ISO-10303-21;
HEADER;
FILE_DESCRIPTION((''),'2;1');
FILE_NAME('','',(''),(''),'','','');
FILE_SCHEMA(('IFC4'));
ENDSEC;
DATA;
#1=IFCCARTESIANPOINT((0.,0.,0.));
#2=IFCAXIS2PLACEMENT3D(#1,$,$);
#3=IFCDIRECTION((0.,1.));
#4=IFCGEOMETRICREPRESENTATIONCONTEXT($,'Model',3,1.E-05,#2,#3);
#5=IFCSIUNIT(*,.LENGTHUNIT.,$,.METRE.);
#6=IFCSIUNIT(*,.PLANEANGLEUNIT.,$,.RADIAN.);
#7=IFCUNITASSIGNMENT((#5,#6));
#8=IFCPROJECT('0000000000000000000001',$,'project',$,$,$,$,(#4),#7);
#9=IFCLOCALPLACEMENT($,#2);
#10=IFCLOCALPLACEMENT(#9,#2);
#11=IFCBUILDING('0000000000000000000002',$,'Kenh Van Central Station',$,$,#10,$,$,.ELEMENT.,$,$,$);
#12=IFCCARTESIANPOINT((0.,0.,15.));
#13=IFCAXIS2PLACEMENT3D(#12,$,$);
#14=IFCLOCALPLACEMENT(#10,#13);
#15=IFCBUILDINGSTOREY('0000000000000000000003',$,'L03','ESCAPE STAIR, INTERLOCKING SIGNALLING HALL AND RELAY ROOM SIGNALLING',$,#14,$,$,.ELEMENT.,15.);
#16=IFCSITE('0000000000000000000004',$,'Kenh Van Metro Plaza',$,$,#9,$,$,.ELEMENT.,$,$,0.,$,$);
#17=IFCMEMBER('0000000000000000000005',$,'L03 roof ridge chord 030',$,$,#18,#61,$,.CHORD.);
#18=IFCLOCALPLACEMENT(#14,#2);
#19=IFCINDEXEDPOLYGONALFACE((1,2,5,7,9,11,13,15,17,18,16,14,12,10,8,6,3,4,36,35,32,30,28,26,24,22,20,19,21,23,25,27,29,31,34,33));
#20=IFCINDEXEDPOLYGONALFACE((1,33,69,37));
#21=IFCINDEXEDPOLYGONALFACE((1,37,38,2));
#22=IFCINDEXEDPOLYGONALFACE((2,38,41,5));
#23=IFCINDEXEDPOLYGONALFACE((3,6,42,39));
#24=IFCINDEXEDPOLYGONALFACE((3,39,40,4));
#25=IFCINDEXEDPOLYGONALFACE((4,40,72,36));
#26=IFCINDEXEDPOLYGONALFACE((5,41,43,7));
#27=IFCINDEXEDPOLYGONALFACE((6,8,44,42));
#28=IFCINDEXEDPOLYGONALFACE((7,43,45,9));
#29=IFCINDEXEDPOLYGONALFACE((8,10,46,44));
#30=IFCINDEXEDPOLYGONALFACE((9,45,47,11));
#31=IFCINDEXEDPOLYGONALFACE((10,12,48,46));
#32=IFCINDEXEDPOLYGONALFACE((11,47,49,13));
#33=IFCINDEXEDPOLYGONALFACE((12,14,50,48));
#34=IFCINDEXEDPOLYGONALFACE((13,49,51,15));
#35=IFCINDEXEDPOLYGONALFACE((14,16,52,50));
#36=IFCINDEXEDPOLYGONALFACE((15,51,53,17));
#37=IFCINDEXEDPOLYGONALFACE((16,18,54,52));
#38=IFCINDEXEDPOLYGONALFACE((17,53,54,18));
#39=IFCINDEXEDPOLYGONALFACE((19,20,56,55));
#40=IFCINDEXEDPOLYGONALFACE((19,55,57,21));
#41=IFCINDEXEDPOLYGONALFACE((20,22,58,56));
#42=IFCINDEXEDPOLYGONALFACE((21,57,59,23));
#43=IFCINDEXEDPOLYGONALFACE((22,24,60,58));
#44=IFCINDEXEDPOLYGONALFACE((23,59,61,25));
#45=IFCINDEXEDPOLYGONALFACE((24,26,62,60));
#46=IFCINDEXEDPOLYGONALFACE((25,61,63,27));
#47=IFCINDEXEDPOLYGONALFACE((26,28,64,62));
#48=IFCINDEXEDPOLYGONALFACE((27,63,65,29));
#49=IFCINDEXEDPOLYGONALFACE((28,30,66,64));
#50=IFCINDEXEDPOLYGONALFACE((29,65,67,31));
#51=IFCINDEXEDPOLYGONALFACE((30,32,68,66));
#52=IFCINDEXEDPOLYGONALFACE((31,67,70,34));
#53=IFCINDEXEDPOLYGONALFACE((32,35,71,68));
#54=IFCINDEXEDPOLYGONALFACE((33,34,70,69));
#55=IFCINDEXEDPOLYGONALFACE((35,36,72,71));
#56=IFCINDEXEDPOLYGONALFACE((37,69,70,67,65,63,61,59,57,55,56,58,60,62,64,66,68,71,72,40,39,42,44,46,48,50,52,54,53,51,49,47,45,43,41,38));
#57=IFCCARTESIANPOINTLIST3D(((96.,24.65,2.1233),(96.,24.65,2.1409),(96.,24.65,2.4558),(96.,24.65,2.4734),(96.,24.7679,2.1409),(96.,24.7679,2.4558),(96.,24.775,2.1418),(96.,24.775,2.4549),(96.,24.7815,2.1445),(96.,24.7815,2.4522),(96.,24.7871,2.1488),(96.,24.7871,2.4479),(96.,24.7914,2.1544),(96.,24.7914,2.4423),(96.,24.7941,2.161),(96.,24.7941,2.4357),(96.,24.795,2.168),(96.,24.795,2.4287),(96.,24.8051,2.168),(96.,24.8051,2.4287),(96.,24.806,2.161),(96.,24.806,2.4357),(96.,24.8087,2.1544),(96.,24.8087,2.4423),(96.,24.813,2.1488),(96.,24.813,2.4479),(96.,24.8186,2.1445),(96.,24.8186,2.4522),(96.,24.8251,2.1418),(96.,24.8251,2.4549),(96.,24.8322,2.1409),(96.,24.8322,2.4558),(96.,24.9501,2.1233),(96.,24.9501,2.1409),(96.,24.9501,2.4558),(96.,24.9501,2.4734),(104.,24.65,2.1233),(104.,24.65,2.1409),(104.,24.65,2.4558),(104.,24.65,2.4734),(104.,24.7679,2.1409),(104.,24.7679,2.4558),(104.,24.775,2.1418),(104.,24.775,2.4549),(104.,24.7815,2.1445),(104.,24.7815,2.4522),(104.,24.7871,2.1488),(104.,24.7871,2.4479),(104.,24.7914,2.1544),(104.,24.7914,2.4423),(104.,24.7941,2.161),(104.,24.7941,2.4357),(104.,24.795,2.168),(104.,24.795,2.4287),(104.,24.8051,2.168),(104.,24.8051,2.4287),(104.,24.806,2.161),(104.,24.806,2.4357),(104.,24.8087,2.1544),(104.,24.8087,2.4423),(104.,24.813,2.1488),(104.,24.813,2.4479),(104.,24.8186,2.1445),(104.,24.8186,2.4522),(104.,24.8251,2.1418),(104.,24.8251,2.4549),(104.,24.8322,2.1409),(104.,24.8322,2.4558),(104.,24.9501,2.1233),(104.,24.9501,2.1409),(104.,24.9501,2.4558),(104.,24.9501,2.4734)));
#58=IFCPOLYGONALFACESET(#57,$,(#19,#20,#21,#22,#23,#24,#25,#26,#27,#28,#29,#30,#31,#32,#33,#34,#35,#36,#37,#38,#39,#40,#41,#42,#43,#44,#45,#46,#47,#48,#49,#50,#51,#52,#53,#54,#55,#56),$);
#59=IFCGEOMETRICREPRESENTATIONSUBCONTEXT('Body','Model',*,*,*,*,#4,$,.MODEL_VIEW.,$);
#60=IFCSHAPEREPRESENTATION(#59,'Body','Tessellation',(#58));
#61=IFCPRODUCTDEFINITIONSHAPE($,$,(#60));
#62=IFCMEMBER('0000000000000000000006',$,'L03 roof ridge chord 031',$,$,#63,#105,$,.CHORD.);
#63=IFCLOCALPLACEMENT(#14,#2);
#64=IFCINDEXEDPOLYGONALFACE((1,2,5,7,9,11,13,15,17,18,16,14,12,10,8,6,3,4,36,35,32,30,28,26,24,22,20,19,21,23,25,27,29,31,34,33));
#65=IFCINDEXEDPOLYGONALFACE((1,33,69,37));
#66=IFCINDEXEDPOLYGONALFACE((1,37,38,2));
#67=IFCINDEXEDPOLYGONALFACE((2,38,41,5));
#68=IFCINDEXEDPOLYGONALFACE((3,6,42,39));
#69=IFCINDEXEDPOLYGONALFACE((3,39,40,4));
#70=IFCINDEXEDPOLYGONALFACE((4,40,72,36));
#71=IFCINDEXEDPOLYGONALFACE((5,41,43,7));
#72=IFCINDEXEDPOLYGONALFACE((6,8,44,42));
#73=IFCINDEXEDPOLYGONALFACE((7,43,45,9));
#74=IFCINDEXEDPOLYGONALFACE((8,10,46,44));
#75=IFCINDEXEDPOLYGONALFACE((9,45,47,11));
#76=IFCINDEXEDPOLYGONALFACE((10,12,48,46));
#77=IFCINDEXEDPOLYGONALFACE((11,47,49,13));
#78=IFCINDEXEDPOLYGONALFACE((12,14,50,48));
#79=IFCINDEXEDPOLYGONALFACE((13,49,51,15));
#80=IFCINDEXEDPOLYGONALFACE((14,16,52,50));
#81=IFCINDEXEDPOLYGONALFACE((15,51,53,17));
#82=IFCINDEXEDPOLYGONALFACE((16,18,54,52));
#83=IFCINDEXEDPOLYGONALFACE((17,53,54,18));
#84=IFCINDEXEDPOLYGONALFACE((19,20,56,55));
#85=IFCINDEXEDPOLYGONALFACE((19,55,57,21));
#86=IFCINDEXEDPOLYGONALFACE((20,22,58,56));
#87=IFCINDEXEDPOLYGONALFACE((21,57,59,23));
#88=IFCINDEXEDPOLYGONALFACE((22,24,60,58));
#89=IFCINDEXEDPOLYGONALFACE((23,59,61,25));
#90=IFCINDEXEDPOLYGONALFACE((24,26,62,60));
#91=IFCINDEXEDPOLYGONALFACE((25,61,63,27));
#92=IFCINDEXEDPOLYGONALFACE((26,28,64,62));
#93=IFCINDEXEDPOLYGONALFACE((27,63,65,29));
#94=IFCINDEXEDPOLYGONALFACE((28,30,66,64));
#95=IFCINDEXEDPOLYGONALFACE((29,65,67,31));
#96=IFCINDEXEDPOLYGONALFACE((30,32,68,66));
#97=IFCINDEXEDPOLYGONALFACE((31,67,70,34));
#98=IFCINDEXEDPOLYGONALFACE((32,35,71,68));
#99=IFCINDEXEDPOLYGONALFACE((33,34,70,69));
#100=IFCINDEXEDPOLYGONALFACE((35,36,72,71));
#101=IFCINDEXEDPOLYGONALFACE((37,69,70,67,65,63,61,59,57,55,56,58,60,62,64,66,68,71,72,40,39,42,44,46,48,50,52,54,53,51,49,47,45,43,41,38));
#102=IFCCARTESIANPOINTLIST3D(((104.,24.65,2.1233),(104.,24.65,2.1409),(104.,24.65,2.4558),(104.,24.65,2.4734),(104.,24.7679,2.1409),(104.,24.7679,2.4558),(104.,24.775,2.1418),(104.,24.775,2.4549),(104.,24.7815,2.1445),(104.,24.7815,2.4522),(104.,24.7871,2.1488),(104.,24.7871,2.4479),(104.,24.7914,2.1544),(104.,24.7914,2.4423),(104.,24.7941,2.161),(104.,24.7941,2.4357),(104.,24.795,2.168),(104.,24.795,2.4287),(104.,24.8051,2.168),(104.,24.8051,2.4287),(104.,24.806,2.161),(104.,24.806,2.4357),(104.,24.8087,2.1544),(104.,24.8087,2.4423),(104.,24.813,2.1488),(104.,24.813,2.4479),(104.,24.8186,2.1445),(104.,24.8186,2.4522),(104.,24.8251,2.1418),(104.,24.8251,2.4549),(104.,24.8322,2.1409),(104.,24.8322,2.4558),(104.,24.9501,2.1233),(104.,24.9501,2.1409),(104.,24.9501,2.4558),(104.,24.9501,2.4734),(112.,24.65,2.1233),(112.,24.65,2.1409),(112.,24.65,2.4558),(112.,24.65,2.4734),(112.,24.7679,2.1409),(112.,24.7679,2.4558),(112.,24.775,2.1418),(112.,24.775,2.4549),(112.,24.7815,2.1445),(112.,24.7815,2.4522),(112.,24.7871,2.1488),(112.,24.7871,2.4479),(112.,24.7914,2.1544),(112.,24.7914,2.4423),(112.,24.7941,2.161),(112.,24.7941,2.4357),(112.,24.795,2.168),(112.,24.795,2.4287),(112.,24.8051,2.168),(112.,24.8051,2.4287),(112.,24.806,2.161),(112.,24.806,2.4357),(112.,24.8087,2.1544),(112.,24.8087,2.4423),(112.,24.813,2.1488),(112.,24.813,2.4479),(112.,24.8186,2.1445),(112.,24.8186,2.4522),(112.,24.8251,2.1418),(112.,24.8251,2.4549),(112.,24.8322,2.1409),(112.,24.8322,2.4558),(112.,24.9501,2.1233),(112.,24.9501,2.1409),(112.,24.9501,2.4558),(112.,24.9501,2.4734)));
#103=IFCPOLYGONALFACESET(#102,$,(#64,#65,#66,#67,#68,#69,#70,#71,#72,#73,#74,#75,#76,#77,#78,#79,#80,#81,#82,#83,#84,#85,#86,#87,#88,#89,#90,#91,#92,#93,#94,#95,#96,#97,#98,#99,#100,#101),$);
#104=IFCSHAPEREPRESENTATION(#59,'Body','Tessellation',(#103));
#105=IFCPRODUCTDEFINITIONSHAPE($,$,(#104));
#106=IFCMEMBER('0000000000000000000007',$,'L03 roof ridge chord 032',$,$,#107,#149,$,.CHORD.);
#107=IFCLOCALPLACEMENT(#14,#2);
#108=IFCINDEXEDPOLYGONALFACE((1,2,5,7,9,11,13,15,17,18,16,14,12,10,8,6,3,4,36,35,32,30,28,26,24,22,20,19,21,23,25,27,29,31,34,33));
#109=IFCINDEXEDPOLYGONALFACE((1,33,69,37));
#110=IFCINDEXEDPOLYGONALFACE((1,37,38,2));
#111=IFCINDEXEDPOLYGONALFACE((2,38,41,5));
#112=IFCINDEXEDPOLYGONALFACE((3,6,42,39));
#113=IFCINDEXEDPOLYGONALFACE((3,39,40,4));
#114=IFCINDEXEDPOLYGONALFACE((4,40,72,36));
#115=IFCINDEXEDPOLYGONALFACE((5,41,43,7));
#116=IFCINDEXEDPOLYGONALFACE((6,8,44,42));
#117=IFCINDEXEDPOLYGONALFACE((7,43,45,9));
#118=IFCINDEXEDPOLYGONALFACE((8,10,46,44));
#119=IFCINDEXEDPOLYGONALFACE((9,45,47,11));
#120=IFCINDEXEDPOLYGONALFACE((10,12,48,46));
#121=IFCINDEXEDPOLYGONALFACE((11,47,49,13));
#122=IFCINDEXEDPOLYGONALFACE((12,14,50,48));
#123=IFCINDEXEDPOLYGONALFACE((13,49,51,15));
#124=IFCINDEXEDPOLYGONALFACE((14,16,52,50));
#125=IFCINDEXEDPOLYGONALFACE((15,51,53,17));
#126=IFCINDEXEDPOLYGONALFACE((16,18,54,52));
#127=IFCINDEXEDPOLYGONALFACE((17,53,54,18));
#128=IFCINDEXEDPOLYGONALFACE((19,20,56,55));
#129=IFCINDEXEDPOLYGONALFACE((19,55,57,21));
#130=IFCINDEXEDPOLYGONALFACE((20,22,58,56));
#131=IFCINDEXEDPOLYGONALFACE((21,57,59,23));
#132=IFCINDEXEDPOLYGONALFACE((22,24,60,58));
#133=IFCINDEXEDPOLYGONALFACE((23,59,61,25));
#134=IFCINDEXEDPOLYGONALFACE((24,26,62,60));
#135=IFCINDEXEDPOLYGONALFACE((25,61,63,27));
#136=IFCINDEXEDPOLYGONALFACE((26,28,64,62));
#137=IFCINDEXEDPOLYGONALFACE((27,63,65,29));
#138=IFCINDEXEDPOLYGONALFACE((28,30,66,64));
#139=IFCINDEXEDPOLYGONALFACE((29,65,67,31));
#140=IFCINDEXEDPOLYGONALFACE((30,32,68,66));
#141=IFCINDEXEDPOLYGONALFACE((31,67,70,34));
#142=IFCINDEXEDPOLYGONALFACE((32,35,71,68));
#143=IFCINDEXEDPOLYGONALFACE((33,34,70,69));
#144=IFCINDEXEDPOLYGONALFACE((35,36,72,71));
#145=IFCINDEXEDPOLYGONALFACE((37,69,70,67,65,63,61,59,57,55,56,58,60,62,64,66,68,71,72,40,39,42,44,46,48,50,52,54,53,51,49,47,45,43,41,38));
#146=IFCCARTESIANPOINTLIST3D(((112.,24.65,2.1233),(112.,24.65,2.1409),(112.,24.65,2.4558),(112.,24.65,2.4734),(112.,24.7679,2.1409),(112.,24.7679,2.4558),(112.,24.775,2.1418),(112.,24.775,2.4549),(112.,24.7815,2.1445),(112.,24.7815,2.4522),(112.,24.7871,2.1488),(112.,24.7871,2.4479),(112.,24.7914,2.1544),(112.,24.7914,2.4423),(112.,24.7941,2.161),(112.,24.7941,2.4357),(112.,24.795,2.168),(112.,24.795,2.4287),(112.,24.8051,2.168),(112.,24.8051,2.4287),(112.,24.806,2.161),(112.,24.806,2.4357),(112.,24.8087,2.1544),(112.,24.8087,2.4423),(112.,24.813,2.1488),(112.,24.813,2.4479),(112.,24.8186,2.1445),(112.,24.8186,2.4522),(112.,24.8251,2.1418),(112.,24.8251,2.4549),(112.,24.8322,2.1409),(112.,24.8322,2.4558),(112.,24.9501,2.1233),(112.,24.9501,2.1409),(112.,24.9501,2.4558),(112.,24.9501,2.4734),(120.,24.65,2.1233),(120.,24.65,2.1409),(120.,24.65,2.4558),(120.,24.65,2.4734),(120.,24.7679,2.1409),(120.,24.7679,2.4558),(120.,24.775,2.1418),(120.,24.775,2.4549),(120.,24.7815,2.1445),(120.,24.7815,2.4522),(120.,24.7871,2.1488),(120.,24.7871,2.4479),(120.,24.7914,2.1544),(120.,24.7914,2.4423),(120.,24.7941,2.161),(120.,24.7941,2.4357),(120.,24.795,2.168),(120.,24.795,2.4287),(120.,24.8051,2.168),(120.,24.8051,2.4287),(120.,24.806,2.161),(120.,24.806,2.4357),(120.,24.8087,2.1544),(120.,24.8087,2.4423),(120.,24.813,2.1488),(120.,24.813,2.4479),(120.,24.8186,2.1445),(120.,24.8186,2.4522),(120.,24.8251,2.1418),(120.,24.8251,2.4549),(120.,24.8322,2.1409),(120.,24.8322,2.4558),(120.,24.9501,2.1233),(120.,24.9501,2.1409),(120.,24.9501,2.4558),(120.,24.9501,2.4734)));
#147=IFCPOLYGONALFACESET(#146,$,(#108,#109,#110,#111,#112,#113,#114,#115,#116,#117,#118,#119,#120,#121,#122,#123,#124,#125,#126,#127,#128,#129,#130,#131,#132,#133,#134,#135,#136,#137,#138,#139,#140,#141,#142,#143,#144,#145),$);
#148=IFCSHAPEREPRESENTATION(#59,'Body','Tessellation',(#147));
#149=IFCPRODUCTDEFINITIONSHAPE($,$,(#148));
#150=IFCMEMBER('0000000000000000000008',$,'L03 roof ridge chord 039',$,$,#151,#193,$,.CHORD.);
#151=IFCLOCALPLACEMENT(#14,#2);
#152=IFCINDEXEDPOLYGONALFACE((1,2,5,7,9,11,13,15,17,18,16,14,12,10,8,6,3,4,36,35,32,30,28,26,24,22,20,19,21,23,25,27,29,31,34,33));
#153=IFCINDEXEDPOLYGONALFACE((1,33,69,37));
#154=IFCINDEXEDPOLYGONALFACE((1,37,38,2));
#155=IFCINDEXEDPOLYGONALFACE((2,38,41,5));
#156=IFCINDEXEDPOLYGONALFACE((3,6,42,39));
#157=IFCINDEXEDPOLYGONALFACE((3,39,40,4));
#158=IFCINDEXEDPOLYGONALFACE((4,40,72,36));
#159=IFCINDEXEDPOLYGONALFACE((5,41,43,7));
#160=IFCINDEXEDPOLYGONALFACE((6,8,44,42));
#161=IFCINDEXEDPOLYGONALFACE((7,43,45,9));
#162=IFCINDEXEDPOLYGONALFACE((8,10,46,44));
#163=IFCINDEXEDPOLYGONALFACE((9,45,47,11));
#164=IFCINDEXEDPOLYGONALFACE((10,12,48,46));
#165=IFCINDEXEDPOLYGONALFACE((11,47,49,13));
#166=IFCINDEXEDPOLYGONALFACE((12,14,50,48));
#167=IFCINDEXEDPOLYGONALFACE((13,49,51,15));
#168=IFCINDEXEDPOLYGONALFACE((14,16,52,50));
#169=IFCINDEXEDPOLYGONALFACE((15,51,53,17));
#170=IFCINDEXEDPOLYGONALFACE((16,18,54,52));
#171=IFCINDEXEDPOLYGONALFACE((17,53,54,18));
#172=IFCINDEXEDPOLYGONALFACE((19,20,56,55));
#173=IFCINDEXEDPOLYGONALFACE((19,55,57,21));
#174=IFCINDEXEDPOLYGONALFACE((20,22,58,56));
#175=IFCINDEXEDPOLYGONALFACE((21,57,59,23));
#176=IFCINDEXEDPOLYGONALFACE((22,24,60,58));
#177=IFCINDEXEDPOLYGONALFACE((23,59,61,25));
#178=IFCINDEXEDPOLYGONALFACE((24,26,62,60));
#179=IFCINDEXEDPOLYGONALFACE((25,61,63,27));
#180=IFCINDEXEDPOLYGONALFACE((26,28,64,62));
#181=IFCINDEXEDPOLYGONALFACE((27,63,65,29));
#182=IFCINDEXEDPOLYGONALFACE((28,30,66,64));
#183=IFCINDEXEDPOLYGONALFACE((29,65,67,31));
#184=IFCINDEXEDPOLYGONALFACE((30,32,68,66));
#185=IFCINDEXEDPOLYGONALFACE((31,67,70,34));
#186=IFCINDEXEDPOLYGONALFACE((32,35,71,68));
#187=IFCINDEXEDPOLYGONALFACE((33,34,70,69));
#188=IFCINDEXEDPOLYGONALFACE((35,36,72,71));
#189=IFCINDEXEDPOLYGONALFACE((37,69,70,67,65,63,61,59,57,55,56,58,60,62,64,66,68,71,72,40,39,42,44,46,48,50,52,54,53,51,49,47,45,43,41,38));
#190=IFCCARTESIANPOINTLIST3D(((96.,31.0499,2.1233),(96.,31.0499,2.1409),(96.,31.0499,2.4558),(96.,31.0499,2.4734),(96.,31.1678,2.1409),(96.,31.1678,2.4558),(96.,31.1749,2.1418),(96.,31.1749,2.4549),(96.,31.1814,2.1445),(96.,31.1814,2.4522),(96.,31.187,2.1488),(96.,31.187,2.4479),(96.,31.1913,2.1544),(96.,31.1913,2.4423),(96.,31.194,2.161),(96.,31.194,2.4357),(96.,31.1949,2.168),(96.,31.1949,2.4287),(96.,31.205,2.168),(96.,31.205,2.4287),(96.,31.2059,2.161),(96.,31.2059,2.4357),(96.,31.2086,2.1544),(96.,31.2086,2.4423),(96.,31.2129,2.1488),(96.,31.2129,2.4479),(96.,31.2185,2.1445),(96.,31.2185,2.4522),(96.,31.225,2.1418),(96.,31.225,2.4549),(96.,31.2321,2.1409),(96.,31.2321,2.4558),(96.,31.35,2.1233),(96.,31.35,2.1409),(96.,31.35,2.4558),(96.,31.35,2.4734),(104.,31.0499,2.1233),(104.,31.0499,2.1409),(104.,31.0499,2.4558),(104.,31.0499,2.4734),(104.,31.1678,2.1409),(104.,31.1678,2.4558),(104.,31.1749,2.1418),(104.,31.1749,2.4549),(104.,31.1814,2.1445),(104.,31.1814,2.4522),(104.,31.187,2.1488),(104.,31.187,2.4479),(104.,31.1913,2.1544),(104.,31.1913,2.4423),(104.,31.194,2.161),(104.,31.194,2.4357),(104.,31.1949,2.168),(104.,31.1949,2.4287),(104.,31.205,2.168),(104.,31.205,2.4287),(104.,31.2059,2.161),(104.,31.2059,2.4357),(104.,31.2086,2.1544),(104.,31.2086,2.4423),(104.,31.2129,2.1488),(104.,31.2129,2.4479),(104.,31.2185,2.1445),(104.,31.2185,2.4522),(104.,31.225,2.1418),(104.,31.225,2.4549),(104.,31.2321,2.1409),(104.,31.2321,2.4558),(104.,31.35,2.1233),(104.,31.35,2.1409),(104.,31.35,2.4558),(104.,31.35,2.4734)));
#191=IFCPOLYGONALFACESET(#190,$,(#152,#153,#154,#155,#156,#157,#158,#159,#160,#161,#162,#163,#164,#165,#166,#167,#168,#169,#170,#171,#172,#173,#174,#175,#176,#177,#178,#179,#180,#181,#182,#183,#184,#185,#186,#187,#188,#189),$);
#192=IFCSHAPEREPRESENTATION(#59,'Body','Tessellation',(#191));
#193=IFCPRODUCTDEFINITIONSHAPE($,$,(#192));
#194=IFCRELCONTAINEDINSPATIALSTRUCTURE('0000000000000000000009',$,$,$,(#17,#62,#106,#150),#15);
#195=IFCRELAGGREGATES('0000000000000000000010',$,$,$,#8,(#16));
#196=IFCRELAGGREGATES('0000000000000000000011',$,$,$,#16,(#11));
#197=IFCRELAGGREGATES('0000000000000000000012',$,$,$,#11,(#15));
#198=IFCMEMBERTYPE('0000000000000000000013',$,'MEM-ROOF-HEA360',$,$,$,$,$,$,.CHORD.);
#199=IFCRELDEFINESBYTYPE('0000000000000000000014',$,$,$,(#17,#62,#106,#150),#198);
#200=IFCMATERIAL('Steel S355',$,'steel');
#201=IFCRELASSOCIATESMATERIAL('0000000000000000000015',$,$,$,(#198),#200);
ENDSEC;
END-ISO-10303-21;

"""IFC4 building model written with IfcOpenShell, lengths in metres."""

from ifc_helpers import new_model, si_unit, direction, frame, origin, origin_2d, place, context, subcontext, project, spatial, i_section, extrude, material, material_profile, profile_set, type_object, element, save


model = new_model("IFC4")

# Units and contexts
model_context = context("Model", 3, precision=1e-05, world=origin(), true_north=direction((0.0, 1.0)))
body_context = subcontext(model_context, "Body", "Model", "MODEL_VIEW")
ifc_project = project(units=[si_unit("LENGTHUNIT", "METRE"), si_unit("PLANEANGLEUNIT", "RADIAN")], contexts=[model_context])

# Site, building, storey
site_placement = place(None, origin())
site = spatial("IfcSite", under=ifc_project, at=site_placement, Name="Kenh Van Metro Plaza", CompositionType="ELEMENT", RefElevation=0.0)
building_placement = place(site_placement, origin())
building = spatial("IfcBuilding", under=site, at=building_placement, Name="Kenh Van Central Station", CompositionType="ELEMENT")
storey_placement = place(building_placement, frame((0.0, 0.0, 15.0)))
storey = spatial("IfcBuildingStorey", under=building, at=storey_placement, Name="L03", Description="ESCAPE STAIR, INTERLOCKING SIGNALLING HALL AND RELAY ROOM SIGNALLING", CompositionType="ELEMENT", Elevation=15.0)

# Shared definitions
ifc_material_1 = material(Name="Steel S355", Category="steel")

# Members
ifc_material_profile_1 = material_profile(ifc_material_1, i_section(OverallWidth=0.3, OverallDepth=0.3501, WebThickness=0.01, FlangeThickness=0.0176, FilletRadius=0.0271, at=origin_2d()), Name="HEA 360")
ifc_profile_set_1 = profile_set([ifc_material_profile_1], Name="Steel S355")
member_type_1 = type_object("IfcMemberType", Name="MEM-ROOF-HEA360", PredefinedType="CHORD", material=ifc_profile_set_1)
for number, where, z_axis, x_axis, name in (
    (1, (96.0, 24.8, 2.2983), (1.0, 0.0, 0.0), (0.0, 1.0, 0.0), "L03 roof ridge chord 030"),
    (2, (104.0, 24.8, 2.2983), (1.0, 0.0, 0.0), (0.0, 1.0, 0.0), "L03 roof ridge chord 031"),
    (3, (112.0, 24.8, 2.2983), (1.0, 0.0, 0.0), (0.0, 1.0, 0.0), "L03 roof ridge chord 032"),
    (4, (96.0, 31.2, 2.2983), (1.0, 0.0, 0.0), (0.0, 1.0, 0.0), "L03 roof ridge chord 039"),
):
    element("IfcMember", number, at=place(storey_placement, frame(where, z_axis=z_axis, x_axis=x_axis)), inside=storey, type_object=member_type_1, Name=name, PredefinedType="CHORD", context=body_context, shape_type="SweptSolid", body=[
        extrude(i_section(OverallWidth=0.3, OverallDepth=0.3501, WebThickness=0.01, FlangeThickness=0.0176, FilletRadius=0.0271, at=origin_2d()), origin(), (0.0, 0.0, 1.0), 8.0),
    ])

save(model, "model.ifc")
